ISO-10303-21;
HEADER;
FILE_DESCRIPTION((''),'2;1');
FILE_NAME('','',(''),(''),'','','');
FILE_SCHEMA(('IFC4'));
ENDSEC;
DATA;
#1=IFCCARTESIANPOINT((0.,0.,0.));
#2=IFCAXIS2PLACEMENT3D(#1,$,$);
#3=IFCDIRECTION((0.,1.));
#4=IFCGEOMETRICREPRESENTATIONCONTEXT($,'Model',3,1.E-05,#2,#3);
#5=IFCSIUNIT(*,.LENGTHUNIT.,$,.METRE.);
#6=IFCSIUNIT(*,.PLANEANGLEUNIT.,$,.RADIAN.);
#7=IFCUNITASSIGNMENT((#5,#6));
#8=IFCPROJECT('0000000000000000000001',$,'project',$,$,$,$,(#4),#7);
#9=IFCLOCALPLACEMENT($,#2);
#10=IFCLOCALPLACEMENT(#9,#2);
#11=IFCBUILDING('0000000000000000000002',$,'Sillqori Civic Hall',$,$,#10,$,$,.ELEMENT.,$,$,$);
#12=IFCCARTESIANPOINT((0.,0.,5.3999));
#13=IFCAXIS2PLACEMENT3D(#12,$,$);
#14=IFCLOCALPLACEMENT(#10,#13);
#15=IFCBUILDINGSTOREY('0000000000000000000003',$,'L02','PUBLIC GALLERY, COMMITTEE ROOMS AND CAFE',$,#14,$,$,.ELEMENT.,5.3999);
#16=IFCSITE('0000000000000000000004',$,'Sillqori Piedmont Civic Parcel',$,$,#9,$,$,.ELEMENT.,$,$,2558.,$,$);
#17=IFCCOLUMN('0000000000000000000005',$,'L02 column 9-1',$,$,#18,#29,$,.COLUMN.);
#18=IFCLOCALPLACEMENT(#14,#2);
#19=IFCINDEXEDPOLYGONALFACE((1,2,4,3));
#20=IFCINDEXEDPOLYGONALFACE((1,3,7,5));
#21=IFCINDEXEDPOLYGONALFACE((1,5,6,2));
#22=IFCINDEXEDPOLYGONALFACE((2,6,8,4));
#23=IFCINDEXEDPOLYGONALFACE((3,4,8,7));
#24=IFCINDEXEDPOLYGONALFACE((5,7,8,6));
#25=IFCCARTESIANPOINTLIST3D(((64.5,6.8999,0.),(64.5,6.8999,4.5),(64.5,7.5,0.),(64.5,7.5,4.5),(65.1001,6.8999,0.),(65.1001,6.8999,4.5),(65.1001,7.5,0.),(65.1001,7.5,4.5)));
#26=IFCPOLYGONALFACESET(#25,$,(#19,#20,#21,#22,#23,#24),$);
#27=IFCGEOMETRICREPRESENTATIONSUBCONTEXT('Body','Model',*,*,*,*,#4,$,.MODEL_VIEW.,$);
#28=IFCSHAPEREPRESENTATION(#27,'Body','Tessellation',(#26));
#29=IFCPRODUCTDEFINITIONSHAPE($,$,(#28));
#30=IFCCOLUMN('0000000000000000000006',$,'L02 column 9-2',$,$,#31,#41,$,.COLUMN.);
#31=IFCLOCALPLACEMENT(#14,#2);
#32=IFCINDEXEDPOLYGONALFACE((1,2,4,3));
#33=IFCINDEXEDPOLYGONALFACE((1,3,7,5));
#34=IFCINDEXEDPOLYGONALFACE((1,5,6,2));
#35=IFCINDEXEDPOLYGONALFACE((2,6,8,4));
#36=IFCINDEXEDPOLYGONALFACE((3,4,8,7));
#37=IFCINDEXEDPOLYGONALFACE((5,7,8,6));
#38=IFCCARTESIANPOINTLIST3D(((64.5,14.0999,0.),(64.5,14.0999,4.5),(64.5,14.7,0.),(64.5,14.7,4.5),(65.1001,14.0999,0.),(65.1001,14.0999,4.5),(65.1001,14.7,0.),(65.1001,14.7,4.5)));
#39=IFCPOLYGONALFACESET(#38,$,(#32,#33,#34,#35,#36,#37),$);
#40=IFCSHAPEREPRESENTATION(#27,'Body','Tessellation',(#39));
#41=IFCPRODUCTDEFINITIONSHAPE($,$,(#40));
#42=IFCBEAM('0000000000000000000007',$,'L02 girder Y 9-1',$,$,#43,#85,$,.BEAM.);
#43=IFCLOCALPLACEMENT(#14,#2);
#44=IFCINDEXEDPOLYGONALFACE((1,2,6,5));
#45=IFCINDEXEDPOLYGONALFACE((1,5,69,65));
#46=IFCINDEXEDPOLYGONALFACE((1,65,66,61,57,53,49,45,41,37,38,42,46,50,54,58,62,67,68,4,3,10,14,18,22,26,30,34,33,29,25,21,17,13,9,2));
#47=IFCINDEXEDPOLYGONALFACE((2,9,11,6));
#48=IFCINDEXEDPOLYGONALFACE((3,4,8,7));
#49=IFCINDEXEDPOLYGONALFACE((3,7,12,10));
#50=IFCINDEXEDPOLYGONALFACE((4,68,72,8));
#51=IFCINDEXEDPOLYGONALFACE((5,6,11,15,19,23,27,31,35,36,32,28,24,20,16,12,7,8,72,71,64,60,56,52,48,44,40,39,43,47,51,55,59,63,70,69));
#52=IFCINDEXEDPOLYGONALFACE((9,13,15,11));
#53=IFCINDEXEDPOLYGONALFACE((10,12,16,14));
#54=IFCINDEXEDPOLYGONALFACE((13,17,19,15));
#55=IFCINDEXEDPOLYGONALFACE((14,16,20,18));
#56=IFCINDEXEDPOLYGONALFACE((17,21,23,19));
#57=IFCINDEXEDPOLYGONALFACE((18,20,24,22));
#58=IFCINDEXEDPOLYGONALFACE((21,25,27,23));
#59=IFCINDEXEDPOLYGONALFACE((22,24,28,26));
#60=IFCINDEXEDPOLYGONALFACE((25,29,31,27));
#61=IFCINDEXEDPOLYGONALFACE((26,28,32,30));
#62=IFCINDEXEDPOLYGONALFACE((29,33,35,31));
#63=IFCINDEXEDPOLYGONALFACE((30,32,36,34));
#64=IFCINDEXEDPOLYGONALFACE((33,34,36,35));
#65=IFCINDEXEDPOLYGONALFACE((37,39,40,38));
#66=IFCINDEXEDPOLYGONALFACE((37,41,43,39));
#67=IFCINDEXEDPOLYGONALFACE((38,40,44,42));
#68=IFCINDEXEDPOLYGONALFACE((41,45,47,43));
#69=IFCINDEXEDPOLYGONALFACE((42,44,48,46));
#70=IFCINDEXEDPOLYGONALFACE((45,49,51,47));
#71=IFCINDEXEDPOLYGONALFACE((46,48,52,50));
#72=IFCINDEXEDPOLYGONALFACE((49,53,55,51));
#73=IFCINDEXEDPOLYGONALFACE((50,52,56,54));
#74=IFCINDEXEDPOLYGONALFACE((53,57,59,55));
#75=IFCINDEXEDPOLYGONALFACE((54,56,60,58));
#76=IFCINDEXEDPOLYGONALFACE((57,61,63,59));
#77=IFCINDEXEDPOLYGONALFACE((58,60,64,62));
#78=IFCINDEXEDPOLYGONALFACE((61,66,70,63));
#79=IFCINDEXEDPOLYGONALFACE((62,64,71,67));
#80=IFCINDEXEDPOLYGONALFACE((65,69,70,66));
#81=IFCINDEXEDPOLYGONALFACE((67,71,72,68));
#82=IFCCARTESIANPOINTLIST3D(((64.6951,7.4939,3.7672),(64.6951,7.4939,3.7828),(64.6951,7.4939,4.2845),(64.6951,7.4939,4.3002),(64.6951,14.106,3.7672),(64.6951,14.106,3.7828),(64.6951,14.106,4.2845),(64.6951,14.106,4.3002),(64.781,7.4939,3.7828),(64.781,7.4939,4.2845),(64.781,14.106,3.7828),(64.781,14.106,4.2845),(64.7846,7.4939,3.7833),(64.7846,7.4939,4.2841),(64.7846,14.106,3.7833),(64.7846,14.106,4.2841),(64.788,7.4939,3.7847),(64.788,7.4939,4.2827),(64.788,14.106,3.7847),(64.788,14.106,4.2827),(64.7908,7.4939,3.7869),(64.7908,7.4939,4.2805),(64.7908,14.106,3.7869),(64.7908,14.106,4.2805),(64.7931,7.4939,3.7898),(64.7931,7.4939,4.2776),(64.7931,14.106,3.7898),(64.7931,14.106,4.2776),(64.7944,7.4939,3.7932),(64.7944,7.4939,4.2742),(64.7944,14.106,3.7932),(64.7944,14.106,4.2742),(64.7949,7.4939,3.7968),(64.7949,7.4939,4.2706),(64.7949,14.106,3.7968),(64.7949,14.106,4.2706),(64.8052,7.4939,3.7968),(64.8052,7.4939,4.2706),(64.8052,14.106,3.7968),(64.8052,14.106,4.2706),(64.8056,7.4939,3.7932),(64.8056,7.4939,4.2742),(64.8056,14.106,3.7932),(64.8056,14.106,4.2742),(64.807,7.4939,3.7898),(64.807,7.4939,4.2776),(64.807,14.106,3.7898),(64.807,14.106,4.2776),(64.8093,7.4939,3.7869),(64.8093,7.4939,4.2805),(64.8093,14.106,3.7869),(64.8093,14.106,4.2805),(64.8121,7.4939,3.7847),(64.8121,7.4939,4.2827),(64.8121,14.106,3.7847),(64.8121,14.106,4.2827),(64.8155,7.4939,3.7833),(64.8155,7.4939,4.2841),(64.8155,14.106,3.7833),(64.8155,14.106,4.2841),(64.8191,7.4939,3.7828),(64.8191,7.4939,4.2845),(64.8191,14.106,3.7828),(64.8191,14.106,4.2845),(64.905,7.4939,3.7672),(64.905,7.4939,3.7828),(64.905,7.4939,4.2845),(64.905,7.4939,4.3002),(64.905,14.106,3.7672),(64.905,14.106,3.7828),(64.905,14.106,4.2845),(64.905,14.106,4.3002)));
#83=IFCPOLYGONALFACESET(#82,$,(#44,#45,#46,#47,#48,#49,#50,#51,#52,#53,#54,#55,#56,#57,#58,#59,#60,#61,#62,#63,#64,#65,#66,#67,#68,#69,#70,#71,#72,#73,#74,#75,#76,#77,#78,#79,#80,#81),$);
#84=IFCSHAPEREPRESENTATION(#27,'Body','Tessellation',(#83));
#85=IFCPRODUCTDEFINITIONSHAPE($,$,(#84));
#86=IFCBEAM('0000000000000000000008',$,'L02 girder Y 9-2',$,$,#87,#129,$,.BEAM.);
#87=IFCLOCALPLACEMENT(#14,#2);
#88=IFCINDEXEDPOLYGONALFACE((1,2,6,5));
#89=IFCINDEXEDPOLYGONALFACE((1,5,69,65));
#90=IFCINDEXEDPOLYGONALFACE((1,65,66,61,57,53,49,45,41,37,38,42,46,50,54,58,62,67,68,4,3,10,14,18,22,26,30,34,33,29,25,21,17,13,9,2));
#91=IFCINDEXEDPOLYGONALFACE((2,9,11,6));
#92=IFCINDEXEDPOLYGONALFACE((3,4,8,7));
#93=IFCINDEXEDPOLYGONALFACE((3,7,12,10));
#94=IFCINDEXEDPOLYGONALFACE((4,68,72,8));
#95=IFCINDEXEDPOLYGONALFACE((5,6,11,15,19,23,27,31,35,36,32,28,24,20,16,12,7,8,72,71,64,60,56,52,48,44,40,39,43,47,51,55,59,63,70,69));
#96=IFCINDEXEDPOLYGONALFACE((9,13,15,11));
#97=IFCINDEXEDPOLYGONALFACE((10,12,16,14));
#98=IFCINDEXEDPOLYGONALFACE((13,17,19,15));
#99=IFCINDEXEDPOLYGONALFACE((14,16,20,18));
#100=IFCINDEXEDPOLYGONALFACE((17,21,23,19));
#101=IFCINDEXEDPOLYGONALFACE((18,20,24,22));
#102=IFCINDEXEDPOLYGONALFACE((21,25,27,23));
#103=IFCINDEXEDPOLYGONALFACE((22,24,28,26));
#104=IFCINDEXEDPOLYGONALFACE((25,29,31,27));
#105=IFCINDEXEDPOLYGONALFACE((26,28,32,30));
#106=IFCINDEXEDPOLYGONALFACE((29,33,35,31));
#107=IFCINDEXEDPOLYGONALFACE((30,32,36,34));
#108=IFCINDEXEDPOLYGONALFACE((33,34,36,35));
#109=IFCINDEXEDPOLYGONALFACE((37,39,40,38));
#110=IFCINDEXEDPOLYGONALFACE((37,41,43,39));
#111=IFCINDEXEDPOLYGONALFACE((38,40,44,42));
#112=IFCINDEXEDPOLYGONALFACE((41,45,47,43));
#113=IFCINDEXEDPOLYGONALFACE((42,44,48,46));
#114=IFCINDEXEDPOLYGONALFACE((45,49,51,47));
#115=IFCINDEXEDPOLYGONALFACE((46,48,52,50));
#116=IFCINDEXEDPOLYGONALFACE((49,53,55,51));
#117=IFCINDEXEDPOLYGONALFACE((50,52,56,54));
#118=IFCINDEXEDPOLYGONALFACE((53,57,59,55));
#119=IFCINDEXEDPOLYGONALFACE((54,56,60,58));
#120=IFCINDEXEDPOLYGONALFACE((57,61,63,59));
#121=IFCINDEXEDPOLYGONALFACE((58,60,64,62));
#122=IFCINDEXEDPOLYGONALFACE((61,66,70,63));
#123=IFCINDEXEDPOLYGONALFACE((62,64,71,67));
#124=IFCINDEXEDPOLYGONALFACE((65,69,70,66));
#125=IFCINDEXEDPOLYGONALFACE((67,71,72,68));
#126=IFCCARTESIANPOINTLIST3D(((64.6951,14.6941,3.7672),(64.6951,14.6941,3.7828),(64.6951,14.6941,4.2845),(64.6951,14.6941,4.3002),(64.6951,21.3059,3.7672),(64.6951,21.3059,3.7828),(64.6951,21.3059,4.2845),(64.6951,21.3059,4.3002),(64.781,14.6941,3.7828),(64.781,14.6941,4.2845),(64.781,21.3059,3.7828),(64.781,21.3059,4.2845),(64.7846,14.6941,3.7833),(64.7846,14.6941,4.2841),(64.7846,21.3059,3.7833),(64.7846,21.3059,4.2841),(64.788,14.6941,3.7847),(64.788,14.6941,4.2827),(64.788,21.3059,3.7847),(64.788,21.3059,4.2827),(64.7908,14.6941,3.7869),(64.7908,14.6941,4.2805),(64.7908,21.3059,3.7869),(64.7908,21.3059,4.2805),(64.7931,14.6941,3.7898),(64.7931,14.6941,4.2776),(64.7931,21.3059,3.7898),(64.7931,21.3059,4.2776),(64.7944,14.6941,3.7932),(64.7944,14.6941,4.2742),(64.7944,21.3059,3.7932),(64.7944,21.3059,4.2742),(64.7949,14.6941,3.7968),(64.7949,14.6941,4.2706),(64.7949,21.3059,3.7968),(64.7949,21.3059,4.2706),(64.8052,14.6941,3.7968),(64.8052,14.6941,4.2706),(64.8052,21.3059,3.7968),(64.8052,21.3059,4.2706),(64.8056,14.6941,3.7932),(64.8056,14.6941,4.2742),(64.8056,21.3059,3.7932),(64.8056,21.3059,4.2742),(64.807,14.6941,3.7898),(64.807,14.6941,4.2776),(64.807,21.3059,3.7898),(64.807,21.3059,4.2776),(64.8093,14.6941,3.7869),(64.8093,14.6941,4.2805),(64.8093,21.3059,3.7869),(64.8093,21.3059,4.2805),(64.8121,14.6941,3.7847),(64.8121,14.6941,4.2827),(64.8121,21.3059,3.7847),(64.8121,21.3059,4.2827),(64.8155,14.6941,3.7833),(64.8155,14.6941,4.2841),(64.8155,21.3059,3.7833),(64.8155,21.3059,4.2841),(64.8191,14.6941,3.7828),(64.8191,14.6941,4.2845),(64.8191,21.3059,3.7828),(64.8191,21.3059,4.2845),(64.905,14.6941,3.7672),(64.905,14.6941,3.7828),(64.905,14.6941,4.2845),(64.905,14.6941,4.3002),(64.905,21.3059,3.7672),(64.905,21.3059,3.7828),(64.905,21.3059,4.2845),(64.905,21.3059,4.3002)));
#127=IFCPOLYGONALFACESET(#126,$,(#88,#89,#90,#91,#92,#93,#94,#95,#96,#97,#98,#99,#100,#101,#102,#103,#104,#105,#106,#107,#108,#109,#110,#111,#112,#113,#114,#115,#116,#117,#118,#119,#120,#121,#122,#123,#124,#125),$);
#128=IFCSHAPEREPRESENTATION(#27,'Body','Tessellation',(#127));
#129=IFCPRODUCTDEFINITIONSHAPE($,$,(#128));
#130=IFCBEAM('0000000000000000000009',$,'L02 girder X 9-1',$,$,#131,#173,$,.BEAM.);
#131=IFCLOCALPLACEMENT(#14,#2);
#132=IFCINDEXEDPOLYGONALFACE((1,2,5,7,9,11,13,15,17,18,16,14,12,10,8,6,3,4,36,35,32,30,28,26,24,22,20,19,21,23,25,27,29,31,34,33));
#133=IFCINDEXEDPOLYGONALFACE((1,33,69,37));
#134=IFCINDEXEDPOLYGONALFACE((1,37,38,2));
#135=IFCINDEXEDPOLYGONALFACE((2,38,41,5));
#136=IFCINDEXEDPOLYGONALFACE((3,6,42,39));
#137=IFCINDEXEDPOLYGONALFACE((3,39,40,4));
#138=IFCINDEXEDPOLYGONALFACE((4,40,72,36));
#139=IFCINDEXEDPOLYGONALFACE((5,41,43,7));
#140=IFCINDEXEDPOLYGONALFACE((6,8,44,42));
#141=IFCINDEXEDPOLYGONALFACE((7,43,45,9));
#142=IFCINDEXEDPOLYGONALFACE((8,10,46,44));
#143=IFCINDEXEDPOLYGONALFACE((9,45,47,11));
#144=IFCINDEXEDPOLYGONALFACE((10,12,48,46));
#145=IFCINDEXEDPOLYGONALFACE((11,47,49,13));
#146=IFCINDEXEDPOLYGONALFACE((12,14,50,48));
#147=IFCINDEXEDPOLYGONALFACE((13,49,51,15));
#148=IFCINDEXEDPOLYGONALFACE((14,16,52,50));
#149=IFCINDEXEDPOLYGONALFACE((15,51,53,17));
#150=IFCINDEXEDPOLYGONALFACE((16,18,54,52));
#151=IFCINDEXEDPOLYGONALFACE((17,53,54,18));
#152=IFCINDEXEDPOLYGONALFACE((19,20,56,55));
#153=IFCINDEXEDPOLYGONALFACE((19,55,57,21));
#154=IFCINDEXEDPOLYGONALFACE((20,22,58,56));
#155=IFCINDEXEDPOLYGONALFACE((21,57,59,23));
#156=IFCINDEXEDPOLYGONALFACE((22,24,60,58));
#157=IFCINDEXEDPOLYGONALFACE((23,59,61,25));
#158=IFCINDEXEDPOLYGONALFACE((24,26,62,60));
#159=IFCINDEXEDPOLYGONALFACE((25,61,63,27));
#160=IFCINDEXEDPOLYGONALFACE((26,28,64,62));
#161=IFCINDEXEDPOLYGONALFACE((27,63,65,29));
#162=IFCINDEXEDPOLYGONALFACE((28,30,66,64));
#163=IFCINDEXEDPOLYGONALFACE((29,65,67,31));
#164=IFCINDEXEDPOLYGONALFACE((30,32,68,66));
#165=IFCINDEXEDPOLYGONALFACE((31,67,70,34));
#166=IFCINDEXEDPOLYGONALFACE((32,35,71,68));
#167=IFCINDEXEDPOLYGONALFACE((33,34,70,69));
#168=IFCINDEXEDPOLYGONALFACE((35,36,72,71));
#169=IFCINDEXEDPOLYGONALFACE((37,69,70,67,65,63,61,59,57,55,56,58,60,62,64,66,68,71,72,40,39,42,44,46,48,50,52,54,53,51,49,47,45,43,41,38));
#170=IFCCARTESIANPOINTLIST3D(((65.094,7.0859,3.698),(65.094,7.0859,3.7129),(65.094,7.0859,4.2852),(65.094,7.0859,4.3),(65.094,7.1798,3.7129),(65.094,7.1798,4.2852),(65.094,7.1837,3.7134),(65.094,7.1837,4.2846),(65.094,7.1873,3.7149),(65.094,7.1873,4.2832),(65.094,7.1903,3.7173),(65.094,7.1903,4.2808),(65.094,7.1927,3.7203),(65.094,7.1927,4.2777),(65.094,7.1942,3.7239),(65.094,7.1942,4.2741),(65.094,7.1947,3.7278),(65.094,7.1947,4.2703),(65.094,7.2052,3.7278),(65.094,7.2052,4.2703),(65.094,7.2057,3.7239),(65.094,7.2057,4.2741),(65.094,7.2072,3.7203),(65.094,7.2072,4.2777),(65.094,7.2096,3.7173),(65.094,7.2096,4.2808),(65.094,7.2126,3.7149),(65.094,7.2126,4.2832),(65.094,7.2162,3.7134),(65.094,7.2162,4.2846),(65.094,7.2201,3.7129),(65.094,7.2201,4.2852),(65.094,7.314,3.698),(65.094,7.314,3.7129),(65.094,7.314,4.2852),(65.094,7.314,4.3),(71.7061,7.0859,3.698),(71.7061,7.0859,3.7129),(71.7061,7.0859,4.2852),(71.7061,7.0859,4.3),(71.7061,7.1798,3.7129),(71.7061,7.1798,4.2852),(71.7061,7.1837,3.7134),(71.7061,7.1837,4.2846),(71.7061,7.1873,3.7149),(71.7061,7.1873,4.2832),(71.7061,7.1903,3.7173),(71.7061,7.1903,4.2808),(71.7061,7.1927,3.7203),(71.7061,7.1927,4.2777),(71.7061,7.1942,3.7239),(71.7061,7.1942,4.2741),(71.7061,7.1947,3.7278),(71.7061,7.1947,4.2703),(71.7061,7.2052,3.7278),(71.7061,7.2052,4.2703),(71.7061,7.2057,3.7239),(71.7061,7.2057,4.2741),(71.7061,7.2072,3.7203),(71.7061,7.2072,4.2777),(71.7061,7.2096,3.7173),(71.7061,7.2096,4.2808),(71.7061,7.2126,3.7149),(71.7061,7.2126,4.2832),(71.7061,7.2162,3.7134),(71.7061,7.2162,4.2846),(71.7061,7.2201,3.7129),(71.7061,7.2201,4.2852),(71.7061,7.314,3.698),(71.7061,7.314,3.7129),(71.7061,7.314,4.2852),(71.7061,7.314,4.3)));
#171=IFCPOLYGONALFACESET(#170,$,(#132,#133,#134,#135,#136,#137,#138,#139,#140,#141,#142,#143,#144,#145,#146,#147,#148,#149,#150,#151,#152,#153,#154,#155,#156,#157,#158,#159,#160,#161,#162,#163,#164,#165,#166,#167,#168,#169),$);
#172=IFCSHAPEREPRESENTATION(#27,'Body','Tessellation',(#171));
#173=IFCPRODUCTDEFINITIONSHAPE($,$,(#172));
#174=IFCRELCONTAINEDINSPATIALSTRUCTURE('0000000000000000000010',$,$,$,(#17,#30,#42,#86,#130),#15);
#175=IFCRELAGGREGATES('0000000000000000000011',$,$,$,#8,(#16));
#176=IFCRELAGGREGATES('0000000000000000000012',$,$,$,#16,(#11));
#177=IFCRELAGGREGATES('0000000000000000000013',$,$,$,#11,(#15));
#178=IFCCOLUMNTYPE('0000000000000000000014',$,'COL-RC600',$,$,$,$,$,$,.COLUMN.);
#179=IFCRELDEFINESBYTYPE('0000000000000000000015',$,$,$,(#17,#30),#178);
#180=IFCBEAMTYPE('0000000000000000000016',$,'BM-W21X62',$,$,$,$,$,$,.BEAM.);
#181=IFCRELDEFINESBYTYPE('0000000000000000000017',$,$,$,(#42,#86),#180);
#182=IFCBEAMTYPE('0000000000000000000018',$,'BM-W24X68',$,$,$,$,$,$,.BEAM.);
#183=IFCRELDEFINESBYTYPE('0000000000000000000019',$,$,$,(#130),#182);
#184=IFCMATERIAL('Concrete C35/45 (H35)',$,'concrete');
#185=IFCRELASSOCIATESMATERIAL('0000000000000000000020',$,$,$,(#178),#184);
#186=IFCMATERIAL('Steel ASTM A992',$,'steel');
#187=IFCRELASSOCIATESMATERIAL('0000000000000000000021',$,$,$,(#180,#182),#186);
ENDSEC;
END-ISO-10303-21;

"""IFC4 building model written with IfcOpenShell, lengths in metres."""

from ifc_helpers import new_model, si_unit, direction, frame, origin, origin_2d, place, context, subcontext, project, spatial, rectangle, i_section, extrude, material, material_profile, profile_set, type_object, element, save


model = new_model("IFC4")

# Units and contexts
model_context = context("Model", 3, precision=1e-05, world=origin(), true_north=direction((0.0, 1.0)))
body_context = subcontext(model_context, "Body", "Model", "MODEL_VIEW")
ifc_project = project(units=[si_unit("LENGTHUNIT", "METRE"), si_unit("PLANEANGLEUNIT", "RADIAN")], contexts=[model_context])

# Site, building, storey
site_placement = place(None, origin())
site = spatial("IfcSite", under=ifc_project, at=site_placement, Name="Sillqori Piedmont Civic Parcel", CompositionType="ELEMENT", RefElevation=2558.0)
building_placement = place(site_placement, origin())
building = spatial("IfcBuilding", under=site, at=building_placement, Name="Sillqori Civic Hall", CompositionType="ELEMENT")
storey_placement = place(building_placement, frame((0.0, 0.0, 5.3999)))
storey = spatial("IfcBuildingStorey", under=building, at=storey_placement, Name="L02", Description="PUBLIC GALLERY, COMMITTEE ROOMS AND CAFE", CompositionType="ELEMENT", Elevation=5.3999)

# Columns
ifc_material_1 = material(Name="Concrete C35/45 (H35)", Category="concrete")
ifc_material_profile_1 = material_profile(ifc_material_1, rectangle(XDim=0.6001, YDim=0.6001, at=origin_2d()), Name="RC 600x600")
ifc_profile_set_1 = profile_set([ifc_material_profile_1], Name="Concrete C35/45 (H35)")
column_type = type_object("IfcColumnType", Name="COL-RC600", PredefinedType="COLUMN", material=ifc_profile_set_1)
for number, where, z_axis, x_axis, name in (
    (1, (64.8, 7.2, 0.0), (0.0, 0.0, 1.0), (1.0, 0.0, 0.0), "L02 column 9-1"),
    (2, (64.8, 14.3999, 0.0), (0.0, 0.0, 1.0), (1.0, 0.0, 0.0), "L02 column 9-2"),
):
    element("IfcColumn", number, at=place(storey_placement, frame(where, z_axis=z_axis, x_axis=x_axis)), inside=storey, type_object=column_type, Name=name, PredefinedType="COLUMN", context=body_context, shape_type="SweptSolid", body=[
        extrude(rectangle(XDim=0.6001, YDim=0.6001, at=origin_2d()), origin(), (0.0, 0.0, 1.0), 4.5),
    ])

# Beams
ifc_material_2 = material(Name="Steel ASTM A992", Category="steel")
ifc_material_profile_2 = material_profile(ifc_material_2, i_section(OverallWidth=0.21, OverallDepth=0.533, WebThickness=0.0103, FlangeThickness=0.0156, FilletRadius=0.0139, at=origin_2d()), Name="W21X62")
ifc_profile_set_2 = profile_set([ifc_material_profile_2], Name="Steel ASTM A992")
beam_type_1 = type_object("IfcBeamType", Name="BM-W21X62", PredefinedType="BEAM", material=ifc_profile_set_2)
beam_1_placement = place(storey_placement, frame((64.8, 7.4939, 4.0337), z_axis=(0.0, 1.0, 0.0), x_axis=(-1.0, 0.0, 0.0)))
element("IfcBeam", 3, at=beam_1_placement, inside=storey, type_object=beam_type_1, Name="L02 girder Y 9-1", PredefinedType="BEAM", context=body_context, shape_type="SweptSolid", body=[
    extrude(i_section(OverallWidth=0.21, OverallDepth=0.533, WebThickness=0.0103, FlangeThickness=0.0156, FilletRadius=0.0139, at=origin_2d()), origin(), (0.0, 0.0, 1.0), 6.6121),
])
beam_2_placement = place(storey_placement, frame((64.8, 14.6941, 4.0337), z_axis=(0.0, 1.0, 0.0), x_axis=(-1.0, 0.0, 0.0)))
element("IfcBeam", 4, at=beam_2_placement, inside=storey, type_object=beam_type_1, Name="L02 girder Y 9-2", PredefinedType="BEAM", context=body_context, shape_type="SweptSolid", body=[
    extrude(i_section(OverallWidth=0.21, OverallDepth=0.533, WebThickness=0.0103, FlangeThickness=0.0156, FilletRadius=0.0139, at=origin_2d()), origin(), (0.0, 0.0, 1.0), 6.6118),
])
ifc_material_profile_3 = material_profile(ifc_material_2, i_section(OverallWidth=0.228, OverallDepth=0.6021, WebThickness=0.0105, FlangeThickness=0.0149, FilletRadius=0.0149, at=origin_2d()), Name="W24X68")
ifc_profile_set_3 = profile_set([ifc_material_profile_3], Name="Steel ASTM A992")
beam_type_2 = type_object("IfcBeamType", Name="BM-W24X68", PredefinedType="BEAM", material=ifc_profile_set_3)
beam_3_placement = place(storey_placement, frame((65.094, 7.2, 3.999), z_axis=(1.0, 0.0, 0.0), x_axis=(0.0, 1.0, 0.0)))
element("IfcBeam", 5, at=beam_3_placement, inside=storey, type_object=beam_type_2, Name="L02 girder X 9-1", PredefinedType="BEAM", context=body_context, shape_type="SweptSolid", body=[
    extrude(i_section(OverallWidth=0.228, OverallDepth=0.6021, WebThickness=0.0105, FlangeThickness=0.0149, FilletRadius=0.0149, at=origin_2d()), origin(), (0.0, 0.0, 1.0), 6.6121),
])

save(model, "model.ifc")
